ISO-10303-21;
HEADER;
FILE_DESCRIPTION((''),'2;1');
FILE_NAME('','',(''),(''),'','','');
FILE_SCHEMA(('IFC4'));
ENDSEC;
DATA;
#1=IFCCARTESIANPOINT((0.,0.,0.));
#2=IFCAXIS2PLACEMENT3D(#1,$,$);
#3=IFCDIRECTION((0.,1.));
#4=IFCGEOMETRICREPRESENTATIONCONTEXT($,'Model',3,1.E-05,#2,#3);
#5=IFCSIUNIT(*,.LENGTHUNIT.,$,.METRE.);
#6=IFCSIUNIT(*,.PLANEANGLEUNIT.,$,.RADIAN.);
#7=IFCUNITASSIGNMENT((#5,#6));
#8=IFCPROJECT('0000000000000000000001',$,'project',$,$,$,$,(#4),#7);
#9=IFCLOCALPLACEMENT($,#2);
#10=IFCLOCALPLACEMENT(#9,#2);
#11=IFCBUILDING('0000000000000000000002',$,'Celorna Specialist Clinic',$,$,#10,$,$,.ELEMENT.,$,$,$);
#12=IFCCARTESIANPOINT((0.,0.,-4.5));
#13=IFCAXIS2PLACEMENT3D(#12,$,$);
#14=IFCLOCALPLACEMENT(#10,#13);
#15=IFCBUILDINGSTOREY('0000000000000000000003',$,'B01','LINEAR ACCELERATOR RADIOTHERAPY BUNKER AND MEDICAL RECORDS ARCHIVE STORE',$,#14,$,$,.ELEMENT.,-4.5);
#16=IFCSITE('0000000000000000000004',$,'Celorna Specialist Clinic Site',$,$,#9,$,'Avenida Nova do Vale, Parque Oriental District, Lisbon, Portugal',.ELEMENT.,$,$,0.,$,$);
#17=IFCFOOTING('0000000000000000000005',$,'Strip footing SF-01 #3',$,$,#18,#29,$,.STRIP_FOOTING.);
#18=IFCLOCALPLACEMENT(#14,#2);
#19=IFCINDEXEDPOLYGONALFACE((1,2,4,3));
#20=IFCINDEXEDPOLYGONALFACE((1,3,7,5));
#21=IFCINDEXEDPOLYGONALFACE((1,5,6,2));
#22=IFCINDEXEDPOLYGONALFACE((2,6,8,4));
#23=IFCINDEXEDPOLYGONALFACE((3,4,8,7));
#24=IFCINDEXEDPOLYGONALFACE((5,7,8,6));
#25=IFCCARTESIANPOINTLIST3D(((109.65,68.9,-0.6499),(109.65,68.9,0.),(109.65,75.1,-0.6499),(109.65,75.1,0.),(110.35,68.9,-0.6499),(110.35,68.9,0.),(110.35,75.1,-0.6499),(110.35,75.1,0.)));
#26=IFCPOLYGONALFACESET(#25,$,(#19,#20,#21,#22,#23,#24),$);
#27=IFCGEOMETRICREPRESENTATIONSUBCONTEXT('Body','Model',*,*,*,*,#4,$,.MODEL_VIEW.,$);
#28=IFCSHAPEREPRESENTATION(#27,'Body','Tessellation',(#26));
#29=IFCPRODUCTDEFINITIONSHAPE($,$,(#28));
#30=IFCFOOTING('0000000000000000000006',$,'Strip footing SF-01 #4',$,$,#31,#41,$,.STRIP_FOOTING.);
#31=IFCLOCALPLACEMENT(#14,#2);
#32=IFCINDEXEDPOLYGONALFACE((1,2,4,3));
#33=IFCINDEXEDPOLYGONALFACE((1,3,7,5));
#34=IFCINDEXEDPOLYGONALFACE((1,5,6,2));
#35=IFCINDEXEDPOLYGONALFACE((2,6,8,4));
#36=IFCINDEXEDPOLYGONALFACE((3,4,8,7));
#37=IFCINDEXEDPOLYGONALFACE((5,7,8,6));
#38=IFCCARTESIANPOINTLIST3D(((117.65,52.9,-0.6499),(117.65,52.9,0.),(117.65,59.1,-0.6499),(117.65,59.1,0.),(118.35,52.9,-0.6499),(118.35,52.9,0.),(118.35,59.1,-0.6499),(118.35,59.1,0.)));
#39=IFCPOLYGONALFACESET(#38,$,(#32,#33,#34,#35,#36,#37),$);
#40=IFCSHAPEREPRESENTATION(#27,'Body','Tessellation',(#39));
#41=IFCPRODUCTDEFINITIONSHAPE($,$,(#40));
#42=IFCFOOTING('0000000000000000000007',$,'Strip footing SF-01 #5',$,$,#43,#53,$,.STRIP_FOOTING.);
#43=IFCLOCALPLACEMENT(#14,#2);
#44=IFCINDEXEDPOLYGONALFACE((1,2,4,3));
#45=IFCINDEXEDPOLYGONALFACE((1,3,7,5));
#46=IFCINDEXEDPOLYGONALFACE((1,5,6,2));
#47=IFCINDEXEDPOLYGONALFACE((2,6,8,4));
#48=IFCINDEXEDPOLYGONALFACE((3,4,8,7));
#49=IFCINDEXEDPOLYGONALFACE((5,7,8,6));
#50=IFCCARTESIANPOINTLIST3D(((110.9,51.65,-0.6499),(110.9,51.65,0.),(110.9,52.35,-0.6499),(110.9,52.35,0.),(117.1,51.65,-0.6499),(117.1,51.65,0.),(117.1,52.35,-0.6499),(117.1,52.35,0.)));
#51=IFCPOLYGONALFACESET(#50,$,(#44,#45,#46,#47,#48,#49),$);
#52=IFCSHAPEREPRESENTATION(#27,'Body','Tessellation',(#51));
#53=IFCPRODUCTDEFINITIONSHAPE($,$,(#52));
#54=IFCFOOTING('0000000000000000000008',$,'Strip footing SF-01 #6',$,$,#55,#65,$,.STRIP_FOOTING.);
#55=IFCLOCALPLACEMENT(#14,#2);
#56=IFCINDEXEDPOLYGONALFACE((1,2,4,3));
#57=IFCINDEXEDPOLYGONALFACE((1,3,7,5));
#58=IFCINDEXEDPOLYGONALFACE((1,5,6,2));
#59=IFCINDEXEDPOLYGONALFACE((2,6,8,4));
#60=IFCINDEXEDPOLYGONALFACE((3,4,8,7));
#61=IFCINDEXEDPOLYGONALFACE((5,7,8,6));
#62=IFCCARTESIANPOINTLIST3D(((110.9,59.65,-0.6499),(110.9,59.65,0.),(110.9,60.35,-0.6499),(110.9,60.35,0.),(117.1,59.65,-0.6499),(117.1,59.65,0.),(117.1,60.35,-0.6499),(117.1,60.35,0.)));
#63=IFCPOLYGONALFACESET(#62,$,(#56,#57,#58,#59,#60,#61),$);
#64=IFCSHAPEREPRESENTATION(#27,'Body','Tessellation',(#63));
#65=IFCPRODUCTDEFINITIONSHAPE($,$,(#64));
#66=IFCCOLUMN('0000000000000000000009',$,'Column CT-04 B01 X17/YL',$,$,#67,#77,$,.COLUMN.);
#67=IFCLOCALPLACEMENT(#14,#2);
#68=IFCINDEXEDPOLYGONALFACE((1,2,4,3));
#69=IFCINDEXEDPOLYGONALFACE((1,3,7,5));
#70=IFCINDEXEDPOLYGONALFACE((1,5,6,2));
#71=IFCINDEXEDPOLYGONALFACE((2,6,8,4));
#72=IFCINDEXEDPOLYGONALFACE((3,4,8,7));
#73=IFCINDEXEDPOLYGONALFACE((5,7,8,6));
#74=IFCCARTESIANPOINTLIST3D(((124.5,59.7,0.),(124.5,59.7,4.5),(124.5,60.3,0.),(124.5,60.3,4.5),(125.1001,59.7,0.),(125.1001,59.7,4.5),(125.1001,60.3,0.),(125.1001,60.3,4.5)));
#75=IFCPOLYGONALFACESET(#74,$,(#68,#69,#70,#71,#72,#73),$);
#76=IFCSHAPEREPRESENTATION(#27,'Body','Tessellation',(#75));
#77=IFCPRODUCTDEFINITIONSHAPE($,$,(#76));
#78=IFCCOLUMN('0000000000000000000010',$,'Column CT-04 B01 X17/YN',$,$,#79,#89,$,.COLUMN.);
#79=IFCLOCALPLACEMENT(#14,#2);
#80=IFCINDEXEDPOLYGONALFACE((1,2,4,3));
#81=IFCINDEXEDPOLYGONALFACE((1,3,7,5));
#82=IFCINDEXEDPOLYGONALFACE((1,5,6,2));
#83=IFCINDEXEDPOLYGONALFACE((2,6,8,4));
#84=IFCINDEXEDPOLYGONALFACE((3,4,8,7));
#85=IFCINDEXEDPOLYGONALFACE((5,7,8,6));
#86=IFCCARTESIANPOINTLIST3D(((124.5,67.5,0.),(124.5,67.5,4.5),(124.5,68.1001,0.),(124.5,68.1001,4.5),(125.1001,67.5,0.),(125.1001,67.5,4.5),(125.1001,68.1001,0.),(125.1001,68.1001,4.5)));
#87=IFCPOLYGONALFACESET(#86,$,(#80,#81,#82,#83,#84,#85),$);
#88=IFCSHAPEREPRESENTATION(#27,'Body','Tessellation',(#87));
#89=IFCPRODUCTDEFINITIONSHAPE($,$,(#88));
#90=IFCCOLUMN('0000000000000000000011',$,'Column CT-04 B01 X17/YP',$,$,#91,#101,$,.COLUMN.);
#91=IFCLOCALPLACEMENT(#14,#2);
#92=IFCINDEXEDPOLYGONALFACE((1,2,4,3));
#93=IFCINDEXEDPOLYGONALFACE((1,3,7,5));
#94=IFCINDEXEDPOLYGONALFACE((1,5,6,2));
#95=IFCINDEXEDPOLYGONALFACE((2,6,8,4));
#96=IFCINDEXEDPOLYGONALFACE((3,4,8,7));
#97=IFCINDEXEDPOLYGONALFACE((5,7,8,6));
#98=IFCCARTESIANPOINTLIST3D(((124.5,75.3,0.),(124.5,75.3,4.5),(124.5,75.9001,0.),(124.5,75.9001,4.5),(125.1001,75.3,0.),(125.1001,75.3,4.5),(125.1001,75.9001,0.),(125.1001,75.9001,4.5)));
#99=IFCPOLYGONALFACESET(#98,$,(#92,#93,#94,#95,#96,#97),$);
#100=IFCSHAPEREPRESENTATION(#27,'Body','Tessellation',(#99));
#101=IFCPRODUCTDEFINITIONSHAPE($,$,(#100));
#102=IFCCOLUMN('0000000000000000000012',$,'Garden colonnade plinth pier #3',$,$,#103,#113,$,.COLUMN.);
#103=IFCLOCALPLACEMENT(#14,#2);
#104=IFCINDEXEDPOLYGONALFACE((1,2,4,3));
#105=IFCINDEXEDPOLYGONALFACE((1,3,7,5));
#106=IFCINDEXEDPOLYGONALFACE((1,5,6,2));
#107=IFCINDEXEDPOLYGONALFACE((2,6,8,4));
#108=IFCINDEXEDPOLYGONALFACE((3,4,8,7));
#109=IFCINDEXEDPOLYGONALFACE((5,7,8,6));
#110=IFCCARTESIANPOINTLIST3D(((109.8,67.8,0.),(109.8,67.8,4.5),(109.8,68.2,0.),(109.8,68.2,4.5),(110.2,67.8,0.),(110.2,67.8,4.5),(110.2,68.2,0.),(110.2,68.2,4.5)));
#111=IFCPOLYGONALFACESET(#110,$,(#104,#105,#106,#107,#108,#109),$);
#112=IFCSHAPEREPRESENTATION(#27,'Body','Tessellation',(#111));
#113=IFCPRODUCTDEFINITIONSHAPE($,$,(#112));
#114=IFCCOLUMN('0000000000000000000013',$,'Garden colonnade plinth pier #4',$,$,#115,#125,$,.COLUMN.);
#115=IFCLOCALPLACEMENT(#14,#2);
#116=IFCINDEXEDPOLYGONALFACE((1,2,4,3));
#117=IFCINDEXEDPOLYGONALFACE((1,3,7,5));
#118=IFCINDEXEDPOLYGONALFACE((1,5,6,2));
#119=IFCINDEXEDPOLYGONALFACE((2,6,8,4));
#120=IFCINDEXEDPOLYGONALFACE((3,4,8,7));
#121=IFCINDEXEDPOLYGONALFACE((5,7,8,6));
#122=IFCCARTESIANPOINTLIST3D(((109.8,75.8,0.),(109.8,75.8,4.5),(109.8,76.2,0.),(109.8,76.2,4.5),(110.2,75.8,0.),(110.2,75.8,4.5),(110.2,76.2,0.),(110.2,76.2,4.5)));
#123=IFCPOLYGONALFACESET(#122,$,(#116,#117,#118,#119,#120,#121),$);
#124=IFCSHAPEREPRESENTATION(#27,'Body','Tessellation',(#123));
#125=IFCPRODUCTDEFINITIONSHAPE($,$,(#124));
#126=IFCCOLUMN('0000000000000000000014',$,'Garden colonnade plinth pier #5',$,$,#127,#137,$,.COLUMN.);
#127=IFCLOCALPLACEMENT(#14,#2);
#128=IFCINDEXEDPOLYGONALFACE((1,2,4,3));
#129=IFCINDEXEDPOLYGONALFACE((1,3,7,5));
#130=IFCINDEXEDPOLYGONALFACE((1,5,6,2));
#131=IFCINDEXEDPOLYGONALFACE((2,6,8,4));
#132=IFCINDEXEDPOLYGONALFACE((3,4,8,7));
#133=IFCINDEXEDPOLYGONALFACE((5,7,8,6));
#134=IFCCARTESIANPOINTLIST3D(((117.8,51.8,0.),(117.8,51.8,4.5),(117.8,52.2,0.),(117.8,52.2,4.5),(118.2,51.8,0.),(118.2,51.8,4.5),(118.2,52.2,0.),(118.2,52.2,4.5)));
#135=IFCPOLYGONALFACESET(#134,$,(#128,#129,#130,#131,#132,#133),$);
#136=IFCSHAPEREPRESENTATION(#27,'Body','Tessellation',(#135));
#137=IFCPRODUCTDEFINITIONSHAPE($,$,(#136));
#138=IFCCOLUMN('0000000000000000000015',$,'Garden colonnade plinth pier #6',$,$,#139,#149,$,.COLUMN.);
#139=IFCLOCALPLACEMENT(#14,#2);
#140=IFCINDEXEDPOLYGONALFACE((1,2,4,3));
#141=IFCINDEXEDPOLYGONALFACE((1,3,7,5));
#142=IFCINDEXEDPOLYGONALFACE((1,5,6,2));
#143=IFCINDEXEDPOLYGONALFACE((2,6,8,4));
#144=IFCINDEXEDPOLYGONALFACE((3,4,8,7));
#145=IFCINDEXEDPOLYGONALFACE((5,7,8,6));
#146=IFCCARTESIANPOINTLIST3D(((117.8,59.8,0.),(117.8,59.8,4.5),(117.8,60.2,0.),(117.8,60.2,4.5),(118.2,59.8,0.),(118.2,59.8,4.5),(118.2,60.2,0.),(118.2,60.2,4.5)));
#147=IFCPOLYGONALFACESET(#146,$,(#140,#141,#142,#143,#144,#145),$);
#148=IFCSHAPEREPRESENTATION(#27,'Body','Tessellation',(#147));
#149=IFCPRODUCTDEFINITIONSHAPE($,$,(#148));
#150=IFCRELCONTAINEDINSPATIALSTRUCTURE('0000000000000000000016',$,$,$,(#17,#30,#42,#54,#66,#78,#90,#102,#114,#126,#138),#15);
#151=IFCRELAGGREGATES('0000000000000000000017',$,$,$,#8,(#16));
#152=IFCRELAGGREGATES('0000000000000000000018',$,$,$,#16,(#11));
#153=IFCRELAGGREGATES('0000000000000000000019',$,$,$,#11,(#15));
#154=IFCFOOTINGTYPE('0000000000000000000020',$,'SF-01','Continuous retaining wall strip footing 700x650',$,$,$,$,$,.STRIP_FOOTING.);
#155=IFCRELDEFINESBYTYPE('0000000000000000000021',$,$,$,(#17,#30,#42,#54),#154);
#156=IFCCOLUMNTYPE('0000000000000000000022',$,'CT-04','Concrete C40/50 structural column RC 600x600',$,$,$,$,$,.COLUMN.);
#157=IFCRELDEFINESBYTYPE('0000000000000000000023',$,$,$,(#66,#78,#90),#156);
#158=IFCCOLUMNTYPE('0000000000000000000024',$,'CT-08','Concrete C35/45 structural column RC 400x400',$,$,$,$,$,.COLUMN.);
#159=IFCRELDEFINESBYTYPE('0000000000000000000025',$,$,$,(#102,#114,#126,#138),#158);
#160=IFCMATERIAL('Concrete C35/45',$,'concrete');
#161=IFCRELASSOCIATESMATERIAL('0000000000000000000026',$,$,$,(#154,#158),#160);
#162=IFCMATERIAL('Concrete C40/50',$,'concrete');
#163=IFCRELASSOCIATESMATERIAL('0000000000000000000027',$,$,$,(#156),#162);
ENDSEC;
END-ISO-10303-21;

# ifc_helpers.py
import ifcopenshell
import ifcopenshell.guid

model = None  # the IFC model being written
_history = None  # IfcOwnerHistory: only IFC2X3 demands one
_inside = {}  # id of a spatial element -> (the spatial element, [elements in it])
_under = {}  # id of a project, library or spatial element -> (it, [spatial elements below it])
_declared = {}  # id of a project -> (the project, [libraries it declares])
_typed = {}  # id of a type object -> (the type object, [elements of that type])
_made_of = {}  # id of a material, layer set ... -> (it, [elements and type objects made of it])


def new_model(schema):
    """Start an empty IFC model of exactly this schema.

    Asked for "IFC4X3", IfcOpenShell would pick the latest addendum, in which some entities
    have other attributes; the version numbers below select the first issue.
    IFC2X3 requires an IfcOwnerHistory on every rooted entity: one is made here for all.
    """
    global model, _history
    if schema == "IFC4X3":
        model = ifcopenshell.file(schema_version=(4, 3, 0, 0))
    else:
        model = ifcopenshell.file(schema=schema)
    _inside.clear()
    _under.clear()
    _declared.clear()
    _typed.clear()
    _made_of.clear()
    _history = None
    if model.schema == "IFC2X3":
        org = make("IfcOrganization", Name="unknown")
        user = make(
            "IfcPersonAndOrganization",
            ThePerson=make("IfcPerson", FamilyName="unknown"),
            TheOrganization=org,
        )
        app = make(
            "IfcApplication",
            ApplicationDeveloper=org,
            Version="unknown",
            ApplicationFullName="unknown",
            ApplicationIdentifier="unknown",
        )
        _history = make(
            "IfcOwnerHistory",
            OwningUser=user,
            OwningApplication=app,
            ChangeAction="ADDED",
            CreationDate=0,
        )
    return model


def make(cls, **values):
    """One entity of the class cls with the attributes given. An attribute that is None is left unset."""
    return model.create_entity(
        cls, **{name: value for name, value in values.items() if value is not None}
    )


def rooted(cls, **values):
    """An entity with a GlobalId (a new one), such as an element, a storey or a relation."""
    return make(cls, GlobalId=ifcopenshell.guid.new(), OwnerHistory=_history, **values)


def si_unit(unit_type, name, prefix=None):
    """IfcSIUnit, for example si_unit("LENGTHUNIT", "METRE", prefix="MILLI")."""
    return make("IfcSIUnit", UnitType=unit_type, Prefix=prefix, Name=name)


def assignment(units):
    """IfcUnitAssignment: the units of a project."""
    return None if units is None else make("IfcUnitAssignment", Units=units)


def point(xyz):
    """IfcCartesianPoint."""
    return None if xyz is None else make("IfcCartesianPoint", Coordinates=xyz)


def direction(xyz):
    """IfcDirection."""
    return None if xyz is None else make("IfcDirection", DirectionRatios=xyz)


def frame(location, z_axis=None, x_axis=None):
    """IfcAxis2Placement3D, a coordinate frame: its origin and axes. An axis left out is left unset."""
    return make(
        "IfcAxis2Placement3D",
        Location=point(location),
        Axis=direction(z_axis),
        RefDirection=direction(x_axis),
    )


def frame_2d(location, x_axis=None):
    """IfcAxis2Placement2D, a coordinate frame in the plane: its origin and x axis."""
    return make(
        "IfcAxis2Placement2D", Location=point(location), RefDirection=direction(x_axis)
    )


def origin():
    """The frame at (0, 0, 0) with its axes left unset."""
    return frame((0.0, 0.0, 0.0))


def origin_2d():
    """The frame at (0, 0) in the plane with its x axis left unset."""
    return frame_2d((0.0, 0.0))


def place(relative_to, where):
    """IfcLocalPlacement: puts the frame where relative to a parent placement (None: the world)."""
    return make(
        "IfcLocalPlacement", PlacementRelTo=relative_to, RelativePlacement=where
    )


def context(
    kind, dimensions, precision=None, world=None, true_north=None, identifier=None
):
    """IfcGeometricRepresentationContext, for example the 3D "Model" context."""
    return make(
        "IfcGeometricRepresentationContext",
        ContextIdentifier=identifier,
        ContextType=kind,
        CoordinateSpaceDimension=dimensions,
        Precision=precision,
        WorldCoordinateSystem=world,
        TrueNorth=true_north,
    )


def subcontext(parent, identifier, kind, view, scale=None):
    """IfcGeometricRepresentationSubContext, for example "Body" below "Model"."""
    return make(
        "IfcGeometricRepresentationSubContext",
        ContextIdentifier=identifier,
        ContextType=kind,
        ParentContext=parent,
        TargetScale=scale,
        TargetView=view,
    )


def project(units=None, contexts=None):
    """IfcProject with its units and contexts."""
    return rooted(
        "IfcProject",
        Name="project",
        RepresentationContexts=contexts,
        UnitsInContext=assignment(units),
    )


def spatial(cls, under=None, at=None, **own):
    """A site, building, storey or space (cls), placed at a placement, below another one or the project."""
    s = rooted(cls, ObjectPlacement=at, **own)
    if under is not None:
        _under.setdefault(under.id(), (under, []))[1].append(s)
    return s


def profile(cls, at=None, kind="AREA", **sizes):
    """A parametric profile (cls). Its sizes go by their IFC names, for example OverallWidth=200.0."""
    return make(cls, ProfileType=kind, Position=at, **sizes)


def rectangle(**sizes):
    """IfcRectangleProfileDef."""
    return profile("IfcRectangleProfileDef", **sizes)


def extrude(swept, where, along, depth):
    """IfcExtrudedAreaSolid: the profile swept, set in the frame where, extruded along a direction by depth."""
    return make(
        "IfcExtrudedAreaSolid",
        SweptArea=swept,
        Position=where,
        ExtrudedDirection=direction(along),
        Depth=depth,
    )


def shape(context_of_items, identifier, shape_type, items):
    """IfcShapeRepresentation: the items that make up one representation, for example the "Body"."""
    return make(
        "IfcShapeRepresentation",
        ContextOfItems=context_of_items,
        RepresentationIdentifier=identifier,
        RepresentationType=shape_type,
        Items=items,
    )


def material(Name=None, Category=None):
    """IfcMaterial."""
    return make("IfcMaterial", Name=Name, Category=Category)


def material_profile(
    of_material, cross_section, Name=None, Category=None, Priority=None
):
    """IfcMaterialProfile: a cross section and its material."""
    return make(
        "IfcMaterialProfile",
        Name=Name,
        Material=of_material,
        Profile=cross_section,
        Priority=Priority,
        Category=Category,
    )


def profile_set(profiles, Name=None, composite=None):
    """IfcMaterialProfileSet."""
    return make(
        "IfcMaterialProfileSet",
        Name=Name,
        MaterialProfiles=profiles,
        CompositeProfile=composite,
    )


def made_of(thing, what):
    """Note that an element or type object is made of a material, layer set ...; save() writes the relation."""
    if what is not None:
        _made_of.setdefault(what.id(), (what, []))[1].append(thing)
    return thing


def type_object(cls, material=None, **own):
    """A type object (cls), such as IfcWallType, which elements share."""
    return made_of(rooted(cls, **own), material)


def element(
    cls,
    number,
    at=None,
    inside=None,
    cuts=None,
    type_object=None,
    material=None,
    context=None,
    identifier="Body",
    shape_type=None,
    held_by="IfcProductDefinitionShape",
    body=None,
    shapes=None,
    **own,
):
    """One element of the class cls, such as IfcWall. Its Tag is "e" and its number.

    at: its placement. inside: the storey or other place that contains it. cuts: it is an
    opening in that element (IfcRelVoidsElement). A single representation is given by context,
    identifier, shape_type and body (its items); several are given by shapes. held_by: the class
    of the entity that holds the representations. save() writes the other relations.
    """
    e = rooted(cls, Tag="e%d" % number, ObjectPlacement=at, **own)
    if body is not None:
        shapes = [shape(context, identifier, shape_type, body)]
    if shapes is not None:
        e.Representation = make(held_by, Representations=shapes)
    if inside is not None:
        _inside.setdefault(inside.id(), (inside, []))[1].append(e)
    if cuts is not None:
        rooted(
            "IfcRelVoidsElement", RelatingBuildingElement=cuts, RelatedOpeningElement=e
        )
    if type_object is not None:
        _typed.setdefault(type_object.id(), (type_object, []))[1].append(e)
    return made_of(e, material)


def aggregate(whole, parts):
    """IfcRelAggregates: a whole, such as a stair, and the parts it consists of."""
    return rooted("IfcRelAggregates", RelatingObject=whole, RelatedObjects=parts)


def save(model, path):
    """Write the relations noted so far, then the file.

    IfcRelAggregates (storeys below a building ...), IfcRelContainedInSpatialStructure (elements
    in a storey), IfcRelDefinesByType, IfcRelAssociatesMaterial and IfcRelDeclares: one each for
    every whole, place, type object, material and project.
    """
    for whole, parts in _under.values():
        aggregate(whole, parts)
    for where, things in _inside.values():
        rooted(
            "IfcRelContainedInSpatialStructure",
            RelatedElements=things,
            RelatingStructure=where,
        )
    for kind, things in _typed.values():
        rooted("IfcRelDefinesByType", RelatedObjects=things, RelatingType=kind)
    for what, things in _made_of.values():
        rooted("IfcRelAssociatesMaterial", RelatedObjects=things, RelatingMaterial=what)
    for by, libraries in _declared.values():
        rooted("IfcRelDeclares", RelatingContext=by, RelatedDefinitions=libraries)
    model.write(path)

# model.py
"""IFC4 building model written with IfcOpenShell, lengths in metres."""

from ifc_helpers import new_model, si_unit, direction, frame, origin, origin_2d, place, context, subcontext, project, spatial, rectangle, extrude, material, material_profile, profile_set, type_object, element, save


model = new_model("IFC4")

# Units and contexts
model_context = context("Model", 3, precision=1e-05, world=origin(), true_north=direction((0.0, 1.0)))
body_context = subcontext(model_context, "Body", "Model", "MODEL_VIEW")
ifc_project = project(units=[si_unit("LENGTHUNIT", "METRE"), si_unit("PLANEANGLEUNIT", "RADIAN")], contexts=[model_context])

# Site, building, storey
site_placement = place(None, origin())
site = spatial("IfcSite", under=ifc_project, at=site_placement, Name="Celorna Specialist Clinic Site", LongName="Avenida Nova do Vale, Parque Oriental District, Lisbon, Portugal", CompositionType="ELEMENT", RefElevation=0.0)
building_placement = place(site_placement, origin())
building = spatial("IfcBuilding", under=site, at=building_placement, Name="Celorna Specialist Clinic", CompositionType="ELEMENT")
storey_placement = place(building_placement, frame((0.0, 0.0, -4.5)))
storey = spatial("IfcBuildingStorey", under=building, at=storey_placement, Name="B01", Description="LINEAR ACCELERATOR RADIOTHERAPY BUNKER AND MEDICAL RECORDS ARCHIVE STORE", CompositionType="ELEMENT", Elevation=-4.5)

# Shared definitions
ifc_material_1 = material(Name="Concrete C35/45", Category="concrete")

# Footings
footing_type_1 = type_object("IfcFootingType", Name="SF-01", Description="Continuous retaining wall strip footing 700x650", PredefinedType="STRIP_FOOTING", material=ifc_material_1)
for number, where, z_axis, x_axis, name in (
    (1, (110.0, 72.0, -0.6499), (0.0, 0.0, 1.0), (0.0, 1.0, 0.0), "Strip footing SF-01 #3"),
    (2, (118.0, 56.0, -0.6499), (0.0, 0.0, 1.0), (0.0, 1.0, 0.0), "Strip footing SF-01 #4"),
    (3, (114.0, 52.0, -0.6499), (0.0, 0.0, 1.0), (1.0, 0.0, 0.0), "Strip footing SF-01 #5"),
    (4, (114.0, 60.0, -0.6499), (0.0, 0.0, 1.0), (1.0, 0.0, 0.0), "Strip footing SF-01 #6"),
):
    element("IfcFooting", number, at=place(storey_placement, frame(where, z_axis=z_axis, x_axis=x_axis)), inside=storey, type_object=footing_type_1, Name=name, PredefinedType="STRIP_FOOTING", context=body_context, shape_type="SweptSolid", body=[
        extrude(rectangle(XDim=6.2, YDim=0.7, at=origin_2d()), origin(), (0.0, 0.0, 1.0), 0.6499),
    ])

# Columns
ifc_material_2 = material(Name="Concrete C40/50", Category="concrete")
ifc_material_profile_1 = material_profile(ifc_material_2, rectangle(XDim=0.6001, YDim=0.6001, at=origin_2d()), Name="RC 600x600")
ifc_profile_set_1 = profile_set([ifc_material_profile_1], Name="Concrete C40/50")
column_type_1 = type_object("IfcColumnType", Name="CT-04", Description="Concrete C40/50 structural column RC 600x600", PredefinedType="COLUMN", material=ifc_profile_set_1)
for number, where, z_axis, x_axis, name in (
    (5, (124.8, 60.0, 0.0), (0.0, 0.0, 1.0), (1.0, 0.0, 0.0), "Column CT-04 B01 X17/YL"),
    (6, (124.8, 67.8, 0.0), (0.0, 0.0, 1.0), (1.0, 0.0, 0.0), "Column CT-04 B01 X17/YN"),
    (7, (124.8, 75.6001, 0.0), (0.0, 0.0, 1.0), (1.0, 0.0, 0.0), "Column CT-04 B01 X17/YP"),
):
    element("IfcColumn", number, at=place(storey_placement, frame(where, z_axis=z_axis, x_axis=x_axis)), inside=storey, type_object=column_type_1, Name=name, PredefinedType="COLUMN", context=body_context, shape_type="SweptSolid", body=[
        extrude(rectangle(XDim=0.6001, YDim=0.6001, at=origin_2d()), origin(), (0.0, 0.0, 1.0), 4.5),
    ])
ifc_material_profile_2 = material_profile(ifc_material_1, rectangle(XDim=0.3999, YDim=0.3999, at=origin_2d()), Name="RC 400x400")
ifc_profile_set_2 = profile_set([ifc_material_profile_2], Name="Concrete C35/45")
column_type_2 = type_object("IfcColumnType", Name="CT-08", Description="Concrete C35/45 structural column RC 400x400", PredefinedType="COLUMN", material=ifc_profile_set_2)
for number, where, z_axis, x_axis, name in (
    (8, (110.0, 68.0, 0.0), (0.0, 0.0, 1.0), (1.0, 0.0, 0.0), "Garden colonnade plinth pier #3"),
    (9, (110.0, 76.0, 0.0), (0.0, 0.0, 1.0), (1.0, 0.0, 0.0), "Garden colonnade plinth pier #4"),
    (10, (118.0, 52.0, 0.0), (0.0, 0.0, 1.0), (1.0, 0.0, 0.0), "Garden colonnade plinth pier #5"),
    (11, (118.0, 60.0, 0.0), (0.0, 0.0, 1.0), (1.0, 0.0, 0.0), "Garden colonnade plinth pier #6"),
):
    element("IfcColumn", number, at=place(storey_placement, frame(where, z_axis=z_axis, x_axis=x_axis)), inside=storey, type_object=column_type_2, Name=name, PredefinedType="COLUMN", context=body_context, shape_type="SweptSolid", body=[
        extrude(rectangle(XDim=0.3999, YDim=0.3999, at=origin_2d()), origin(), (0.0, 0.0, 1.0), 4.5),
    ])

save(model, "model.ifc")
